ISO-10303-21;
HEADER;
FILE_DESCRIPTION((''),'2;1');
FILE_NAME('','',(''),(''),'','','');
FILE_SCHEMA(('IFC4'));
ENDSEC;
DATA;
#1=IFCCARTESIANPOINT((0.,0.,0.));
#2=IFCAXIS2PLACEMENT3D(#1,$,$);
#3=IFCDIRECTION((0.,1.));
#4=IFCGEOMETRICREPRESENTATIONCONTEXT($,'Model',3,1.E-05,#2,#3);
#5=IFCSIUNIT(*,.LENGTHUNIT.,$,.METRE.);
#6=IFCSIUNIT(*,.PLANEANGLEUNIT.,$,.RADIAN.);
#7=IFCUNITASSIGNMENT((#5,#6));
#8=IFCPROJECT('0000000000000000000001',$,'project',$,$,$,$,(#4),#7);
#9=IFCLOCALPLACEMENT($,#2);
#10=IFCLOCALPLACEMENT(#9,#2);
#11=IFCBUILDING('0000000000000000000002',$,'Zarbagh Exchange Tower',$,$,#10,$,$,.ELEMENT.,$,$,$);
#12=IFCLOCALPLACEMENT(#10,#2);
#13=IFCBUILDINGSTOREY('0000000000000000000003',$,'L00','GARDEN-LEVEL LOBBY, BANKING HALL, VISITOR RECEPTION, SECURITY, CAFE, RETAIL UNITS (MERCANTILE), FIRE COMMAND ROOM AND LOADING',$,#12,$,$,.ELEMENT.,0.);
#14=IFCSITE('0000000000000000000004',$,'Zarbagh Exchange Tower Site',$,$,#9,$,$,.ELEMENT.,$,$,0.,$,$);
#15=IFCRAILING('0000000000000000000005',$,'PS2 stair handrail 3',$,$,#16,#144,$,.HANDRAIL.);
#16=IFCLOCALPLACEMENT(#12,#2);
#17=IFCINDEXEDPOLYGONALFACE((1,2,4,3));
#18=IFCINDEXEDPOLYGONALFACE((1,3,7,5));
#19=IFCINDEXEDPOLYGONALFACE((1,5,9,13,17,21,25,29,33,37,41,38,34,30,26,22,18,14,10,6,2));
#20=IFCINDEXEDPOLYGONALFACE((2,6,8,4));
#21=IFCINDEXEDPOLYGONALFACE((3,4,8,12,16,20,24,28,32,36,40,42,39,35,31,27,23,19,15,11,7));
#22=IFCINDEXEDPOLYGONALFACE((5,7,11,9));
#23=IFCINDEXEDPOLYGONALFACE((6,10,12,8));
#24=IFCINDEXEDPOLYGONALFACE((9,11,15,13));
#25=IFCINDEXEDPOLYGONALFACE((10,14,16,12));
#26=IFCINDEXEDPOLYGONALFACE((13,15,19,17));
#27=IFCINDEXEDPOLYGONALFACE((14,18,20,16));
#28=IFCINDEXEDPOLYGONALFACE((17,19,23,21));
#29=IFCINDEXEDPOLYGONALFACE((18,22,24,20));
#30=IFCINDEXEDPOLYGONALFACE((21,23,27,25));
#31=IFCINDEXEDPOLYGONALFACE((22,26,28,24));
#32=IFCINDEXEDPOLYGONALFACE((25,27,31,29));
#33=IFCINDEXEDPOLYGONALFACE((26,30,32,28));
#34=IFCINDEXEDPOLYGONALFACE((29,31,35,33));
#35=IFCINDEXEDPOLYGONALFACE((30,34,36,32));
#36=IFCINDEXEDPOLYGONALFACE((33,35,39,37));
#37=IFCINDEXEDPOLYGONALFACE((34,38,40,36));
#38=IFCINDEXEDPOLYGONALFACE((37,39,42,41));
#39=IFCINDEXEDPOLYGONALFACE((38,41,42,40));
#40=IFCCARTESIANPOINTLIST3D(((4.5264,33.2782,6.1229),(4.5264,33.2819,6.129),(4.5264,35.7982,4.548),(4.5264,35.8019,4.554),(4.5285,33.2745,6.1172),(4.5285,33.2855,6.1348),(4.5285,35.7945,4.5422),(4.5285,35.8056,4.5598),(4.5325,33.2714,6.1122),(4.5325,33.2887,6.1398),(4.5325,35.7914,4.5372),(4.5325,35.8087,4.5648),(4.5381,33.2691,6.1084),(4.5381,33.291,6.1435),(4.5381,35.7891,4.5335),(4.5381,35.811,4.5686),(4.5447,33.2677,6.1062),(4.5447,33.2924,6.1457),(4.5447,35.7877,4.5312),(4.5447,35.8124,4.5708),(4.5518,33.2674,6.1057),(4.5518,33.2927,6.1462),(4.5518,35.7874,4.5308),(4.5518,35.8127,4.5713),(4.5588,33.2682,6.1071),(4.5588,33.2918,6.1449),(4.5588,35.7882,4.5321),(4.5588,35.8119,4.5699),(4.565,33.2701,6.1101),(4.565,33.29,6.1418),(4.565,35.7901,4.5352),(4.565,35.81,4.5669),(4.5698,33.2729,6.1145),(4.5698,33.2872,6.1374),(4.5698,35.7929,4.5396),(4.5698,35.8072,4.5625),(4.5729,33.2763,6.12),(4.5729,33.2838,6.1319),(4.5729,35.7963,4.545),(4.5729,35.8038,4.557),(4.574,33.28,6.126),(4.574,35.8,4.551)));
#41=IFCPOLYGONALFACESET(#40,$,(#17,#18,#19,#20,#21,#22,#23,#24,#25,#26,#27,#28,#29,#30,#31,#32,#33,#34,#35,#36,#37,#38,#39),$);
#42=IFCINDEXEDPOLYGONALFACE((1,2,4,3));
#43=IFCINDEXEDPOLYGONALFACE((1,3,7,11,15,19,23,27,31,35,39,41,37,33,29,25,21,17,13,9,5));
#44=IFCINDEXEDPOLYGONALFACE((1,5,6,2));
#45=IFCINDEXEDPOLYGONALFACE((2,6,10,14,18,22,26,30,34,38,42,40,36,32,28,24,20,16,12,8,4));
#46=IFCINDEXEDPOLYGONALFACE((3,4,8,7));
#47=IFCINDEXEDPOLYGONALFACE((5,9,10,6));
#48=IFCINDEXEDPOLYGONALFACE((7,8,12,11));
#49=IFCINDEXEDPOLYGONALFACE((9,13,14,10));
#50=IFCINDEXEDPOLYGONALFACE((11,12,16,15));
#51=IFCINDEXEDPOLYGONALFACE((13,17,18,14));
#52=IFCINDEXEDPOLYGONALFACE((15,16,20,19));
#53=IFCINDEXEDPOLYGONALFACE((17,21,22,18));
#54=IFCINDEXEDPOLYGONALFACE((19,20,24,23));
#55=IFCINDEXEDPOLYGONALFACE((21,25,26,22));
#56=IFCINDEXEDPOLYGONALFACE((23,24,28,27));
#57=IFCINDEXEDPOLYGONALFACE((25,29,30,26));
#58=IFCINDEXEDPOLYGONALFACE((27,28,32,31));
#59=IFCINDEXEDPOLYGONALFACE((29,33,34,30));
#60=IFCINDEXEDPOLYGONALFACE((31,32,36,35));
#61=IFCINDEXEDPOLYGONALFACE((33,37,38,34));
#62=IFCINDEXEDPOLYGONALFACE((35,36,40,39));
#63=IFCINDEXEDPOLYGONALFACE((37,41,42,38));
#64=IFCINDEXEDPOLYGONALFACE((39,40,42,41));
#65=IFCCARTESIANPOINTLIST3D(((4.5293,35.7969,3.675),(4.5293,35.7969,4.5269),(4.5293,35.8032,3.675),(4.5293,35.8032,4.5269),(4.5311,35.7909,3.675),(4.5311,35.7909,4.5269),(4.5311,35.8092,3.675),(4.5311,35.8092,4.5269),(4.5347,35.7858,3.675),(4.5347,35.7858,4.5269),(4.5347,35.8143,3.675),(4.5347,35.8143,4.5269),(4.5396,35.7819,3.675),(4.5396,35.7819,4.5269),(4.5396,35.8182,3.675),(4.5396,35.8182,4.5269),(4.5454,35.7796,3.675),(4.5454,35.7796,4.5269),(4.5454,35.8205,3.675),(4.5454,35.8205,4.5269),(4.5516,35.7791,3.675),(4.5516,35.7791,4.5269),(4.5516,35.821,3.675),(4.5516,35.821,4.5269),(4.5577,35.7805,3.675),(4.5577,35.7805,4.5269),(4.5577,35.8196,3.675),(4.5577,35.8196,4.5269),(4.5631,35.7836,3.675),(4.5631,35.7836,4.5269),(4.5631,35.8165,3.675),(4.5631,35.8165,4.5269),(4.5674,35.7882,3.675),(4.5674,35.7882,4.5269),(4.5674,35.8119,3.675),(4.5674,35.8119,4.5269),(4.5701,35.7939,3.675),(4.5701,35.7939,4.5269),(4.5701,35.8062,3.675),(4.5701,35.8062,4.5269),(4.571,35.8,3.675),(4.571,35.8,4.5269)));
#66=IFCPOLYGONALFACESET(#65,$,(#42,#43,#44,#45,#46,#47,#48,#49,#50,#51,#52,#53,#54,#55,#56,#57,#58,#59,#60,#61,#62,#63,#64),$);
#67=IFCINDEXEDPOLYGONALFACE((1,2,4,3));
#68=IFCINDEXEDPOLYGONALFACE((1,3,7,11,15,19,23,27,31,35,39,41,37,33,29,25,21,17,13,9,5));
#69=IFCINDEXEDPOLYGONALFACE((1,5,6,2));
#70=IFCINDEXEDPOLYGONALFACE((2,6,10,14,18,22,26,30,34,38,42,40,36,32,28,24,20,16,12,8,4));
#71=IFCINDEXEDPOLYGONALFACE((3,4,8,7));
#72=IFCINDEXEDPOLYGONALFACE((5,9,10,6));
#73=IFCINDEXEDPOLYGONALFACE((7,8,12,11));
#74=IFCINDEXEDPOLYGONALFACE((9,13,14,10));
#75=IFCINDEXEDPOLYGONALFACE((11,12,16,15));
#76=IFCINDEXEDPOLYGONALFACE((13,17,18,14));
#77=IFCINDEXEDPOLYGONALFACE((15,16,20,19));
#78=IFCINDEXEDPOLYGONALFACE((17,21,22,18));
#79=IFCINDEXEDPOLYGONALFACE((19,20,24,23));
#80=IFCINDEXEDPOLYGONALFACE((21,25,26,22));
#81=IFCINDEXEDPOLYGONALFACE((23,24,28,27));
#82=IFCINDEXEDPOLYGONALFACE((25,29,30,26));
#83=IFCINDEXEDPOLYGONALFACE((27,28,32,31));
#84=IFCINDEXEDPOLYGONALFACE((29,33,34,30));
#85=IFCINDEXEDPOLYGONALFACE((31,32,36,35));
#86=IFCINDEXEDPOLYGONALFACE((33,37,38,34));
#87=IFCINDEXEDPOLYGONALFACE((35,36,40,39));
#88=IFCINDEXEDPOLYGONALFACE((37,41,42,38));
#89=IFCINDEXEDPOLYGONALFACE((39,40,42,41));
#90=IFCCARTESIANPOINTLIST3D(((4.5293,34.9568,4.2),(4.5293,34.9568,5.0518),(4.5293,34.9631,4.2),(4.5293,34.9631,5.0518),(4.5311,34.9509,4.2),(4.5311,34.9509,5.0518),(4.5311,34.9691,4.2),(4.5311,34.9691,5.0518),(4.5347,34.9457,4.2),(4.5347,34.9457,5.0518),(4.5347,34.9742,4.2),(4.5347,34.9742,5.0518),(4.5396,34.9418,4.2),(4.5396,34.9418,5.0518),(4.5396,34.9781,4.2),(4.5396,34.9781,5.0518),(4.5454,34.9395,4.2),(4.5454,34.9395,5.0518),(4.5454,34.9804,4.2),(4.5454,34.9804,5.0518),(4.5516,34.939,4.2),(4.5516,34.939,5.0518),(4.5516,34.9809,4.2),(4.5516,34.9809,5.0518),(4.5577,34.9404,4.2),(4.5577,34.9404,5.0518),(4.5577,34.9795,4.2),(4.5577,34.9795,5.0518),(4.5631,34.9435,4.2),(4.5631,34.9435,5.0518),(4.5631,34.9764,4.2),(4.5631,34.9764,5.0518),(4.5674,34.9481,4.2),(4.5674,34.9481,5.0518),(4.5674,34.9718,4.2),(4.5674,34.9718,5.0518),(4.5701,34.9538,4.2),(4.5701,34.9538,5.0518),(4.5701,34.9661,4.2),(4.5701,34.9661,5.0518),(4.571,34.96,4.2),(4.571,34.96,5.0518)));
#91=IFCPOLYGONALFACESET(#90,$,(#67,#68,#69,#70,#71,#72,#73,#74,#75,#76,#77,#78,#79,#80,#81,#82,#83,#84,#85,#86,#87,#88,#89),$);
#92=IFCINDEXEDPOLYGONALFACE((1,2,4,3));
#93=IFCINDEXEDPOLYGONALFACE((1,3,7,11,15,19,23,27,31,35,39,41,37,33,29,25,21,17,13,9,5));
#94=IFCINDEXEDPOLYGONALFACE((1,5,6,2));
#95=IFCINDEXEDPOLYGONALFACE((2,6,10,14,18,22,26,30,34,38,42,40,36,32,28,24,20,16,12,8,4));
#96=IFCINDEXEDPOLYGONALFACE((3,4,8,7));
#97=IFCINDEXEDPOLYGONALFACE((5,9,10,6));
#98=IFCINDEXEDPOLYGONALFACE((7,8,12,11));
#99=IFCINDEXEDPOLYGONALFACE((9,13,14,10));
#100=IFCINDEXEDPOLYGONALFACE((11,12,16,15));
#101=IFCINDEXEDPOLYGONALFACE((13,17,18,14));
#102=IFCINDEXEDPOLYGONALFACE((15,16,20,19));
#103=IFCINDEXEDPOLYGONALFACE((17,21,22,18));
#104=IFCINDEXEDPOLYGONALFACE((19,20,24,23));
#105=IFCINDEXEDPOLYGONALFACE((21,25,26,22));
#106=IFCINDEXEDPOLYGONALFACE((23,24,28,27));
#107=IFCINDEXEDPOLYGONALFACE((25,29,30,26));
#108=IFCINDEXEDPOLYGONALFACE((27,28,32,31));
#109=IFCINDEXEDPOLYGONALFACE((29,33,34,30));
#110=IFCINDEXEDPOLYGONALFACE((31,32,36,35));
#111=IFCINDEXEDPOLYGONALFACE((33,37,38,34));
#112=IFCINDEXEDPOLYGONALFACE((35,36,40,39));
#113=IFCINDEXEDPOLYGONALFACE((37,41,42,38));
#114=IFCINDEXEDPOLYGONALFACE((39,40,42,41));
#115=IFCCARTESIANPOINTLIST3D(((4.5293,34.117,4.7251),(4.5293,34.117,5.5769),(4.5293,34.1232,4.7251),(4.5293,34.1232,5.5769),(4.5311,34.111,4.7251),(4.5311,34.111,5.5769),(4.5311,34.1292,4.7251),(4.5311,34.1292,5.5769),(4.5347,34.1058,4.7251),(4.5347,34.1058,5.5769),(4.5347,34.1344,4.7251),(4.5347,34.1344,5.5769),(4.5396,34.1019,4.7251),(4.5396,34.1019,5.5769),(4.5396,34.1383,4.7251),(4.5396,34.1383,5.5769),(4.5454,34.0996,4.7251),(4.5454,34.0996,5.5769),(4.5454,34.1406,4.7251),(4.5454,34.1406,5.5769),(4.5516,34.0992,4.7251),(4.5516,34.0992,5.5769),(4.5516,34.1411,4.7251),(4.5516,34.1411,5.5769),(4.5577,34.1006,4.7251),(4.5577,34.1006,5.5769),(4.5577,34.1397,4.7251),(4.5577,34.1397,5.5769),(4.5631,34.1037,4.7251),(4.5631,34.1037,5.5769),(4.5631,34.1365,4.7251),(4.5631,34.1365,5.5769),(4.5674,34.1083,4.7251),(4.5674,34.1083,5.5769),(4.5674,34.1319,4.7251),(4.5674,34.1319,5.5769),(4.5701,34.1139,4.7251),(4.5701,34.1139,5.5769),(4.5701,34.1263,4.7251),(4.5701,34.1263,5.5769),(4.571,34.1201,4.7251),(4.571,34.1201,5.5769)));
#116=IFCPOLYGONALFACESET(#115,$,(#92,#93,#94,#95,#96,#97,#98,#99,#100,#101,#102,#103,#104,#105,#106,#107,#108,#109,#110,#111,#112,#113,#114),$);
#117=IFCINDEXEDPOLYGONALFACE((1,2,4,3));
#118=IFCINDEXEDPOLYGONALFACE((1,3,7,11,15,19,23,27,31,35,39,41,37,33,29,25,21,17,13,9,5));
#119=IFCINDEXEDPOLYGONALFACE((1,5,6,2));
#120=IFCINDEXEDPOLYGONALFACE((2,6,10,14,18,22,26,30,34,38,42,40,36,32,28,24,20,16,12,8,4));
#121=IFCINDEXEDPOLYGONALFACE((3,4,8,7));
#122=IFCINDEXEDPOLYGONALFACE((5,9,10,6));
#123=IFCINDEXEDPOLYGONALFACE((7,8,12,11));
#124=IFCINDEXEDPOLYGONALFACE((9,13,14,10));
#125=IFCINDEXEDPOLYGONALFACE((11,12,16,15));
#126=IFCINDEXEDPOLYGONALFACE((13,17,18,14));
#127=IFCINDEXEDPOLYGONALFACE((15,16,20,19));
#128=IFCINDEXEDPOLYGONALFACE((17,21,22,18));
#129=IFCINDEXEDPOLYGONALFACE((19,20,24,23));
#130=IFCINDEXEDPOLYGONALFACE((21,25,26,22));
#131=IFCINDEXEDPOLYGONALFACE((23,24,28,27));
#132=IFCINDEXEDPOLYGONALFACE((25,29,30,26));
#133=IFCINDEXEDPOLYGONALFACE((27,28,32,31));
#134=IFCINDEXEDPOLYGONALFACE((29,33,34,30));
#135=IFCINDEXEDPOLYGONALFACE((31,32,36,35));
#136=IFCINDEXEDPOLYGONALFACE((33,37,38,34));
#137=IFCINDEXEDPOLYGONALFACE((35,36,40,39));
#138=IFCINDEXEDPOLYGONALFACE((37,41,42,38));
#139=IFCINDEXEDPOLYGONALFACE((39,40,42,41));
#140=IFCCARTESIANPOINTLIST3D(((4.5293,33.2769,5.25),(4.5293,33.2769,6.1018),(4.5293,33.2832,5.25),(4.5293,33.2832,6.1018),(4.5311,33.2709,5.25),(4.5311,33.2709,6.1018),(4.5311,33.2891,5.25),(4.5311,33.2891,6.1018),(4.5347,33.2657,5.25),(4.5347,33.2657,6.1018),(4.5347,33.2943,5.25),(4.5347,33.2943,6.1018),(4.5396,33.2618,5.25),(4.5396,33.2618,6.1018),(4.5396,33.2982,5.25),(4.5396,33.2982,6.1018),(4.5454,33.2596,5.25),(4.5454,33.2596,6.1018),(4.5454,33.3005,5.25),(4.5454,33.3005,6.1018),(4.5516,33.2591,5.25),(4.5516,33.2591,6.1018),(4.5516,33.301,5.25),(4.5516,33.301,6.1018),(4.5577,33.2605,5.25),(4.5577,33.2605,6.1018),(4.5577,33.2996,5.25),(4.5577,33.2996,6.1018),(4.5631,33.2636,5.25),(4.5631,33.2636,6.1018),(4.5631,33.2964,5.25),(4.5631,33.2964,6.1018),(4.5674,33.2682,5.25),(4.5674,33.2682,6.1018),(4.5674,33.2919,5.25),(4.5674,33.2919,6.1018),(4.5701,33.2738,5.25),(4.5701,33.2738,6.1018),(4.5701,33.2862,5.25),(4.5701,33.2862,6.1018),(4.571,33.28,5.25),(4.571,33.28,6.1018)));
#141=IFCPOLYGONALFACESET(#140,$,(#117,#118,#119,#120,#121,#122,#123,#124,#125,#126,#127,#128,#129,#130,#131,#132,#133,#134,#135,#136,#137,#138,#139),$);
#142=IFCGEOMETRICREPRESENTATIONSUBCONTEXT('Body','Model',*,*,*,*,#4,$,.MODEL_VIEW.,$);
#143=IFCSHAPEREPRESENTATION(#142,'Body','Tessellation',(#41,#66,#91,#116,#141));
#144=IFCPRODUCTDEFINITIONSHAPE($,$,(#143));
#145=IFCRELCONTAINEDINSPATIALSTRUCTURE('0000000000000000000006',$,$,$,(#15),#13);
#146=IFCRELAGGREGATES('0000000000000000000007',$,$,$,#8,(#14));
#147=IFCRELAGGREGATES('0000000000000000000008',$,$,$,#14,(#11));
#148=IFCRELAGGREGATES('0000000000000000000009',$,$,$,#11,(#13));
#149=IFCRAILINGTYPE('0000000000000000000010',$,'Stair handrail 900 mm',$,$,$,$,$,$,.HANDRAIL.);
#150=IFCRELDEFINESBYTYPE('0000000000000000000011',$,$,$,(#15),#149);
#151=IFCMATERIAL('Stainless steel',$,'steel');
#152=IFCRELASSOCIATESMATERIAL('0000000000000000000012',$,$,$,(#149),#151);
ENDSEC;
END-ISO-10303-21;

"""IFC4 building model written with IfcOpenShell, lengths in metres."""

from ifc_helpers import new_model, si_unit, direction, frame, origin, origin_2d, place, context, subcontext, project, spatial, circle, extrude, material, type_object, element, save


model = new_model("IFC4")

# Units and contexts
model_context = context("Model", 3, precision=1e-05, world=origin(), true_north=direction((0.0, 1.0)))
body_context = subcontext(model_context, "Body", "Model", "MODEL_VIEW")
ifc_project = project(units=[si_unit("LENGTHUNIT", "METRE"), si_unit("PLANEANGLEUNIT", "RADIAN")], contexts=[model_context])

# Site, building, storey
site_placement = place(None, origin())
site = spatial("IfcSite", under=ifc_project, at=site_placement, Name="Zarbagh Exchange Tower Site", CompositionType="ELEMENT", RefElevation=0.0)
building_placement = place(site_placement, origin())
building = spatial("IfcBuilding", under=site, at=building_placement, Name="Zarbagh Exchange Tower", CompositionType="ELEMENT")
storey_placement = place(building_placement, origin())
storey = spatial("IfcBuildingStorey", under=building, at=storey_placement, Name="L00", Description="GARDEN-LEVEL LOBBY, BANKING HALL, VISITOR RECEPTION, SECURITY, CAFE, RETAIL UNITS (MERCANTILE), FIRE COMMAND ROOM AND LOADING", CompositionType="ELEMENT", Elevation=0.0)

# Railing
ifc_material_1 = material(Name="Stainless steel", Category="steel")
railing_type_1 = type_object("IfcRailingType", Name="Stair handrail 900 mm", PredefinedType="HANDRAIL", material=ifc_material_1)
for number, where, name in (
    (1, (4.55, 35.8, 3.675), "PS2 stair handrail 3"),
):
    element("IfcRailing", number, at=place(storey_placement, frame(where)), inside=storey, type_object=railing_type_1, Name=name, PredefinedType="HANDRAIL", context=body_context, shape_type="SweptSolid", body=[
        extrude(circle(Radius=0.0239, at=origin_2d()), frame((0.0, 0.0, 0.876), z_axis=(0.0, -0.848008, 0.529984), x_axis=(1.0, 0.0, 0.0)), (0.0, 0.0, 1.0), 2.9717),
        extrude(circle(Radius=0.021, at=origin_2d()), origin(), (0.0, 0.0, 1.0), 0.8518),
        extrude(circle(Radius=0.021, at=origin_2d()), frame((0.0, -0.8401, 0.5249)), (0.0, 0.0, 1.0), 0.8518),
        extrude(circle(Radius=0.021, at=origin_2d()), frame((0.0, -1.6799, 1.05)), (0.0, 0.0, 1.0), 0.8518),
        extrude(circle(Radius=0.021, at=origin_2d()), frame((0.0, -2.52, 1.575)), (0.0, 0.0, 1.0), 0.8518),
    ])

save(model, "model.ifc")
